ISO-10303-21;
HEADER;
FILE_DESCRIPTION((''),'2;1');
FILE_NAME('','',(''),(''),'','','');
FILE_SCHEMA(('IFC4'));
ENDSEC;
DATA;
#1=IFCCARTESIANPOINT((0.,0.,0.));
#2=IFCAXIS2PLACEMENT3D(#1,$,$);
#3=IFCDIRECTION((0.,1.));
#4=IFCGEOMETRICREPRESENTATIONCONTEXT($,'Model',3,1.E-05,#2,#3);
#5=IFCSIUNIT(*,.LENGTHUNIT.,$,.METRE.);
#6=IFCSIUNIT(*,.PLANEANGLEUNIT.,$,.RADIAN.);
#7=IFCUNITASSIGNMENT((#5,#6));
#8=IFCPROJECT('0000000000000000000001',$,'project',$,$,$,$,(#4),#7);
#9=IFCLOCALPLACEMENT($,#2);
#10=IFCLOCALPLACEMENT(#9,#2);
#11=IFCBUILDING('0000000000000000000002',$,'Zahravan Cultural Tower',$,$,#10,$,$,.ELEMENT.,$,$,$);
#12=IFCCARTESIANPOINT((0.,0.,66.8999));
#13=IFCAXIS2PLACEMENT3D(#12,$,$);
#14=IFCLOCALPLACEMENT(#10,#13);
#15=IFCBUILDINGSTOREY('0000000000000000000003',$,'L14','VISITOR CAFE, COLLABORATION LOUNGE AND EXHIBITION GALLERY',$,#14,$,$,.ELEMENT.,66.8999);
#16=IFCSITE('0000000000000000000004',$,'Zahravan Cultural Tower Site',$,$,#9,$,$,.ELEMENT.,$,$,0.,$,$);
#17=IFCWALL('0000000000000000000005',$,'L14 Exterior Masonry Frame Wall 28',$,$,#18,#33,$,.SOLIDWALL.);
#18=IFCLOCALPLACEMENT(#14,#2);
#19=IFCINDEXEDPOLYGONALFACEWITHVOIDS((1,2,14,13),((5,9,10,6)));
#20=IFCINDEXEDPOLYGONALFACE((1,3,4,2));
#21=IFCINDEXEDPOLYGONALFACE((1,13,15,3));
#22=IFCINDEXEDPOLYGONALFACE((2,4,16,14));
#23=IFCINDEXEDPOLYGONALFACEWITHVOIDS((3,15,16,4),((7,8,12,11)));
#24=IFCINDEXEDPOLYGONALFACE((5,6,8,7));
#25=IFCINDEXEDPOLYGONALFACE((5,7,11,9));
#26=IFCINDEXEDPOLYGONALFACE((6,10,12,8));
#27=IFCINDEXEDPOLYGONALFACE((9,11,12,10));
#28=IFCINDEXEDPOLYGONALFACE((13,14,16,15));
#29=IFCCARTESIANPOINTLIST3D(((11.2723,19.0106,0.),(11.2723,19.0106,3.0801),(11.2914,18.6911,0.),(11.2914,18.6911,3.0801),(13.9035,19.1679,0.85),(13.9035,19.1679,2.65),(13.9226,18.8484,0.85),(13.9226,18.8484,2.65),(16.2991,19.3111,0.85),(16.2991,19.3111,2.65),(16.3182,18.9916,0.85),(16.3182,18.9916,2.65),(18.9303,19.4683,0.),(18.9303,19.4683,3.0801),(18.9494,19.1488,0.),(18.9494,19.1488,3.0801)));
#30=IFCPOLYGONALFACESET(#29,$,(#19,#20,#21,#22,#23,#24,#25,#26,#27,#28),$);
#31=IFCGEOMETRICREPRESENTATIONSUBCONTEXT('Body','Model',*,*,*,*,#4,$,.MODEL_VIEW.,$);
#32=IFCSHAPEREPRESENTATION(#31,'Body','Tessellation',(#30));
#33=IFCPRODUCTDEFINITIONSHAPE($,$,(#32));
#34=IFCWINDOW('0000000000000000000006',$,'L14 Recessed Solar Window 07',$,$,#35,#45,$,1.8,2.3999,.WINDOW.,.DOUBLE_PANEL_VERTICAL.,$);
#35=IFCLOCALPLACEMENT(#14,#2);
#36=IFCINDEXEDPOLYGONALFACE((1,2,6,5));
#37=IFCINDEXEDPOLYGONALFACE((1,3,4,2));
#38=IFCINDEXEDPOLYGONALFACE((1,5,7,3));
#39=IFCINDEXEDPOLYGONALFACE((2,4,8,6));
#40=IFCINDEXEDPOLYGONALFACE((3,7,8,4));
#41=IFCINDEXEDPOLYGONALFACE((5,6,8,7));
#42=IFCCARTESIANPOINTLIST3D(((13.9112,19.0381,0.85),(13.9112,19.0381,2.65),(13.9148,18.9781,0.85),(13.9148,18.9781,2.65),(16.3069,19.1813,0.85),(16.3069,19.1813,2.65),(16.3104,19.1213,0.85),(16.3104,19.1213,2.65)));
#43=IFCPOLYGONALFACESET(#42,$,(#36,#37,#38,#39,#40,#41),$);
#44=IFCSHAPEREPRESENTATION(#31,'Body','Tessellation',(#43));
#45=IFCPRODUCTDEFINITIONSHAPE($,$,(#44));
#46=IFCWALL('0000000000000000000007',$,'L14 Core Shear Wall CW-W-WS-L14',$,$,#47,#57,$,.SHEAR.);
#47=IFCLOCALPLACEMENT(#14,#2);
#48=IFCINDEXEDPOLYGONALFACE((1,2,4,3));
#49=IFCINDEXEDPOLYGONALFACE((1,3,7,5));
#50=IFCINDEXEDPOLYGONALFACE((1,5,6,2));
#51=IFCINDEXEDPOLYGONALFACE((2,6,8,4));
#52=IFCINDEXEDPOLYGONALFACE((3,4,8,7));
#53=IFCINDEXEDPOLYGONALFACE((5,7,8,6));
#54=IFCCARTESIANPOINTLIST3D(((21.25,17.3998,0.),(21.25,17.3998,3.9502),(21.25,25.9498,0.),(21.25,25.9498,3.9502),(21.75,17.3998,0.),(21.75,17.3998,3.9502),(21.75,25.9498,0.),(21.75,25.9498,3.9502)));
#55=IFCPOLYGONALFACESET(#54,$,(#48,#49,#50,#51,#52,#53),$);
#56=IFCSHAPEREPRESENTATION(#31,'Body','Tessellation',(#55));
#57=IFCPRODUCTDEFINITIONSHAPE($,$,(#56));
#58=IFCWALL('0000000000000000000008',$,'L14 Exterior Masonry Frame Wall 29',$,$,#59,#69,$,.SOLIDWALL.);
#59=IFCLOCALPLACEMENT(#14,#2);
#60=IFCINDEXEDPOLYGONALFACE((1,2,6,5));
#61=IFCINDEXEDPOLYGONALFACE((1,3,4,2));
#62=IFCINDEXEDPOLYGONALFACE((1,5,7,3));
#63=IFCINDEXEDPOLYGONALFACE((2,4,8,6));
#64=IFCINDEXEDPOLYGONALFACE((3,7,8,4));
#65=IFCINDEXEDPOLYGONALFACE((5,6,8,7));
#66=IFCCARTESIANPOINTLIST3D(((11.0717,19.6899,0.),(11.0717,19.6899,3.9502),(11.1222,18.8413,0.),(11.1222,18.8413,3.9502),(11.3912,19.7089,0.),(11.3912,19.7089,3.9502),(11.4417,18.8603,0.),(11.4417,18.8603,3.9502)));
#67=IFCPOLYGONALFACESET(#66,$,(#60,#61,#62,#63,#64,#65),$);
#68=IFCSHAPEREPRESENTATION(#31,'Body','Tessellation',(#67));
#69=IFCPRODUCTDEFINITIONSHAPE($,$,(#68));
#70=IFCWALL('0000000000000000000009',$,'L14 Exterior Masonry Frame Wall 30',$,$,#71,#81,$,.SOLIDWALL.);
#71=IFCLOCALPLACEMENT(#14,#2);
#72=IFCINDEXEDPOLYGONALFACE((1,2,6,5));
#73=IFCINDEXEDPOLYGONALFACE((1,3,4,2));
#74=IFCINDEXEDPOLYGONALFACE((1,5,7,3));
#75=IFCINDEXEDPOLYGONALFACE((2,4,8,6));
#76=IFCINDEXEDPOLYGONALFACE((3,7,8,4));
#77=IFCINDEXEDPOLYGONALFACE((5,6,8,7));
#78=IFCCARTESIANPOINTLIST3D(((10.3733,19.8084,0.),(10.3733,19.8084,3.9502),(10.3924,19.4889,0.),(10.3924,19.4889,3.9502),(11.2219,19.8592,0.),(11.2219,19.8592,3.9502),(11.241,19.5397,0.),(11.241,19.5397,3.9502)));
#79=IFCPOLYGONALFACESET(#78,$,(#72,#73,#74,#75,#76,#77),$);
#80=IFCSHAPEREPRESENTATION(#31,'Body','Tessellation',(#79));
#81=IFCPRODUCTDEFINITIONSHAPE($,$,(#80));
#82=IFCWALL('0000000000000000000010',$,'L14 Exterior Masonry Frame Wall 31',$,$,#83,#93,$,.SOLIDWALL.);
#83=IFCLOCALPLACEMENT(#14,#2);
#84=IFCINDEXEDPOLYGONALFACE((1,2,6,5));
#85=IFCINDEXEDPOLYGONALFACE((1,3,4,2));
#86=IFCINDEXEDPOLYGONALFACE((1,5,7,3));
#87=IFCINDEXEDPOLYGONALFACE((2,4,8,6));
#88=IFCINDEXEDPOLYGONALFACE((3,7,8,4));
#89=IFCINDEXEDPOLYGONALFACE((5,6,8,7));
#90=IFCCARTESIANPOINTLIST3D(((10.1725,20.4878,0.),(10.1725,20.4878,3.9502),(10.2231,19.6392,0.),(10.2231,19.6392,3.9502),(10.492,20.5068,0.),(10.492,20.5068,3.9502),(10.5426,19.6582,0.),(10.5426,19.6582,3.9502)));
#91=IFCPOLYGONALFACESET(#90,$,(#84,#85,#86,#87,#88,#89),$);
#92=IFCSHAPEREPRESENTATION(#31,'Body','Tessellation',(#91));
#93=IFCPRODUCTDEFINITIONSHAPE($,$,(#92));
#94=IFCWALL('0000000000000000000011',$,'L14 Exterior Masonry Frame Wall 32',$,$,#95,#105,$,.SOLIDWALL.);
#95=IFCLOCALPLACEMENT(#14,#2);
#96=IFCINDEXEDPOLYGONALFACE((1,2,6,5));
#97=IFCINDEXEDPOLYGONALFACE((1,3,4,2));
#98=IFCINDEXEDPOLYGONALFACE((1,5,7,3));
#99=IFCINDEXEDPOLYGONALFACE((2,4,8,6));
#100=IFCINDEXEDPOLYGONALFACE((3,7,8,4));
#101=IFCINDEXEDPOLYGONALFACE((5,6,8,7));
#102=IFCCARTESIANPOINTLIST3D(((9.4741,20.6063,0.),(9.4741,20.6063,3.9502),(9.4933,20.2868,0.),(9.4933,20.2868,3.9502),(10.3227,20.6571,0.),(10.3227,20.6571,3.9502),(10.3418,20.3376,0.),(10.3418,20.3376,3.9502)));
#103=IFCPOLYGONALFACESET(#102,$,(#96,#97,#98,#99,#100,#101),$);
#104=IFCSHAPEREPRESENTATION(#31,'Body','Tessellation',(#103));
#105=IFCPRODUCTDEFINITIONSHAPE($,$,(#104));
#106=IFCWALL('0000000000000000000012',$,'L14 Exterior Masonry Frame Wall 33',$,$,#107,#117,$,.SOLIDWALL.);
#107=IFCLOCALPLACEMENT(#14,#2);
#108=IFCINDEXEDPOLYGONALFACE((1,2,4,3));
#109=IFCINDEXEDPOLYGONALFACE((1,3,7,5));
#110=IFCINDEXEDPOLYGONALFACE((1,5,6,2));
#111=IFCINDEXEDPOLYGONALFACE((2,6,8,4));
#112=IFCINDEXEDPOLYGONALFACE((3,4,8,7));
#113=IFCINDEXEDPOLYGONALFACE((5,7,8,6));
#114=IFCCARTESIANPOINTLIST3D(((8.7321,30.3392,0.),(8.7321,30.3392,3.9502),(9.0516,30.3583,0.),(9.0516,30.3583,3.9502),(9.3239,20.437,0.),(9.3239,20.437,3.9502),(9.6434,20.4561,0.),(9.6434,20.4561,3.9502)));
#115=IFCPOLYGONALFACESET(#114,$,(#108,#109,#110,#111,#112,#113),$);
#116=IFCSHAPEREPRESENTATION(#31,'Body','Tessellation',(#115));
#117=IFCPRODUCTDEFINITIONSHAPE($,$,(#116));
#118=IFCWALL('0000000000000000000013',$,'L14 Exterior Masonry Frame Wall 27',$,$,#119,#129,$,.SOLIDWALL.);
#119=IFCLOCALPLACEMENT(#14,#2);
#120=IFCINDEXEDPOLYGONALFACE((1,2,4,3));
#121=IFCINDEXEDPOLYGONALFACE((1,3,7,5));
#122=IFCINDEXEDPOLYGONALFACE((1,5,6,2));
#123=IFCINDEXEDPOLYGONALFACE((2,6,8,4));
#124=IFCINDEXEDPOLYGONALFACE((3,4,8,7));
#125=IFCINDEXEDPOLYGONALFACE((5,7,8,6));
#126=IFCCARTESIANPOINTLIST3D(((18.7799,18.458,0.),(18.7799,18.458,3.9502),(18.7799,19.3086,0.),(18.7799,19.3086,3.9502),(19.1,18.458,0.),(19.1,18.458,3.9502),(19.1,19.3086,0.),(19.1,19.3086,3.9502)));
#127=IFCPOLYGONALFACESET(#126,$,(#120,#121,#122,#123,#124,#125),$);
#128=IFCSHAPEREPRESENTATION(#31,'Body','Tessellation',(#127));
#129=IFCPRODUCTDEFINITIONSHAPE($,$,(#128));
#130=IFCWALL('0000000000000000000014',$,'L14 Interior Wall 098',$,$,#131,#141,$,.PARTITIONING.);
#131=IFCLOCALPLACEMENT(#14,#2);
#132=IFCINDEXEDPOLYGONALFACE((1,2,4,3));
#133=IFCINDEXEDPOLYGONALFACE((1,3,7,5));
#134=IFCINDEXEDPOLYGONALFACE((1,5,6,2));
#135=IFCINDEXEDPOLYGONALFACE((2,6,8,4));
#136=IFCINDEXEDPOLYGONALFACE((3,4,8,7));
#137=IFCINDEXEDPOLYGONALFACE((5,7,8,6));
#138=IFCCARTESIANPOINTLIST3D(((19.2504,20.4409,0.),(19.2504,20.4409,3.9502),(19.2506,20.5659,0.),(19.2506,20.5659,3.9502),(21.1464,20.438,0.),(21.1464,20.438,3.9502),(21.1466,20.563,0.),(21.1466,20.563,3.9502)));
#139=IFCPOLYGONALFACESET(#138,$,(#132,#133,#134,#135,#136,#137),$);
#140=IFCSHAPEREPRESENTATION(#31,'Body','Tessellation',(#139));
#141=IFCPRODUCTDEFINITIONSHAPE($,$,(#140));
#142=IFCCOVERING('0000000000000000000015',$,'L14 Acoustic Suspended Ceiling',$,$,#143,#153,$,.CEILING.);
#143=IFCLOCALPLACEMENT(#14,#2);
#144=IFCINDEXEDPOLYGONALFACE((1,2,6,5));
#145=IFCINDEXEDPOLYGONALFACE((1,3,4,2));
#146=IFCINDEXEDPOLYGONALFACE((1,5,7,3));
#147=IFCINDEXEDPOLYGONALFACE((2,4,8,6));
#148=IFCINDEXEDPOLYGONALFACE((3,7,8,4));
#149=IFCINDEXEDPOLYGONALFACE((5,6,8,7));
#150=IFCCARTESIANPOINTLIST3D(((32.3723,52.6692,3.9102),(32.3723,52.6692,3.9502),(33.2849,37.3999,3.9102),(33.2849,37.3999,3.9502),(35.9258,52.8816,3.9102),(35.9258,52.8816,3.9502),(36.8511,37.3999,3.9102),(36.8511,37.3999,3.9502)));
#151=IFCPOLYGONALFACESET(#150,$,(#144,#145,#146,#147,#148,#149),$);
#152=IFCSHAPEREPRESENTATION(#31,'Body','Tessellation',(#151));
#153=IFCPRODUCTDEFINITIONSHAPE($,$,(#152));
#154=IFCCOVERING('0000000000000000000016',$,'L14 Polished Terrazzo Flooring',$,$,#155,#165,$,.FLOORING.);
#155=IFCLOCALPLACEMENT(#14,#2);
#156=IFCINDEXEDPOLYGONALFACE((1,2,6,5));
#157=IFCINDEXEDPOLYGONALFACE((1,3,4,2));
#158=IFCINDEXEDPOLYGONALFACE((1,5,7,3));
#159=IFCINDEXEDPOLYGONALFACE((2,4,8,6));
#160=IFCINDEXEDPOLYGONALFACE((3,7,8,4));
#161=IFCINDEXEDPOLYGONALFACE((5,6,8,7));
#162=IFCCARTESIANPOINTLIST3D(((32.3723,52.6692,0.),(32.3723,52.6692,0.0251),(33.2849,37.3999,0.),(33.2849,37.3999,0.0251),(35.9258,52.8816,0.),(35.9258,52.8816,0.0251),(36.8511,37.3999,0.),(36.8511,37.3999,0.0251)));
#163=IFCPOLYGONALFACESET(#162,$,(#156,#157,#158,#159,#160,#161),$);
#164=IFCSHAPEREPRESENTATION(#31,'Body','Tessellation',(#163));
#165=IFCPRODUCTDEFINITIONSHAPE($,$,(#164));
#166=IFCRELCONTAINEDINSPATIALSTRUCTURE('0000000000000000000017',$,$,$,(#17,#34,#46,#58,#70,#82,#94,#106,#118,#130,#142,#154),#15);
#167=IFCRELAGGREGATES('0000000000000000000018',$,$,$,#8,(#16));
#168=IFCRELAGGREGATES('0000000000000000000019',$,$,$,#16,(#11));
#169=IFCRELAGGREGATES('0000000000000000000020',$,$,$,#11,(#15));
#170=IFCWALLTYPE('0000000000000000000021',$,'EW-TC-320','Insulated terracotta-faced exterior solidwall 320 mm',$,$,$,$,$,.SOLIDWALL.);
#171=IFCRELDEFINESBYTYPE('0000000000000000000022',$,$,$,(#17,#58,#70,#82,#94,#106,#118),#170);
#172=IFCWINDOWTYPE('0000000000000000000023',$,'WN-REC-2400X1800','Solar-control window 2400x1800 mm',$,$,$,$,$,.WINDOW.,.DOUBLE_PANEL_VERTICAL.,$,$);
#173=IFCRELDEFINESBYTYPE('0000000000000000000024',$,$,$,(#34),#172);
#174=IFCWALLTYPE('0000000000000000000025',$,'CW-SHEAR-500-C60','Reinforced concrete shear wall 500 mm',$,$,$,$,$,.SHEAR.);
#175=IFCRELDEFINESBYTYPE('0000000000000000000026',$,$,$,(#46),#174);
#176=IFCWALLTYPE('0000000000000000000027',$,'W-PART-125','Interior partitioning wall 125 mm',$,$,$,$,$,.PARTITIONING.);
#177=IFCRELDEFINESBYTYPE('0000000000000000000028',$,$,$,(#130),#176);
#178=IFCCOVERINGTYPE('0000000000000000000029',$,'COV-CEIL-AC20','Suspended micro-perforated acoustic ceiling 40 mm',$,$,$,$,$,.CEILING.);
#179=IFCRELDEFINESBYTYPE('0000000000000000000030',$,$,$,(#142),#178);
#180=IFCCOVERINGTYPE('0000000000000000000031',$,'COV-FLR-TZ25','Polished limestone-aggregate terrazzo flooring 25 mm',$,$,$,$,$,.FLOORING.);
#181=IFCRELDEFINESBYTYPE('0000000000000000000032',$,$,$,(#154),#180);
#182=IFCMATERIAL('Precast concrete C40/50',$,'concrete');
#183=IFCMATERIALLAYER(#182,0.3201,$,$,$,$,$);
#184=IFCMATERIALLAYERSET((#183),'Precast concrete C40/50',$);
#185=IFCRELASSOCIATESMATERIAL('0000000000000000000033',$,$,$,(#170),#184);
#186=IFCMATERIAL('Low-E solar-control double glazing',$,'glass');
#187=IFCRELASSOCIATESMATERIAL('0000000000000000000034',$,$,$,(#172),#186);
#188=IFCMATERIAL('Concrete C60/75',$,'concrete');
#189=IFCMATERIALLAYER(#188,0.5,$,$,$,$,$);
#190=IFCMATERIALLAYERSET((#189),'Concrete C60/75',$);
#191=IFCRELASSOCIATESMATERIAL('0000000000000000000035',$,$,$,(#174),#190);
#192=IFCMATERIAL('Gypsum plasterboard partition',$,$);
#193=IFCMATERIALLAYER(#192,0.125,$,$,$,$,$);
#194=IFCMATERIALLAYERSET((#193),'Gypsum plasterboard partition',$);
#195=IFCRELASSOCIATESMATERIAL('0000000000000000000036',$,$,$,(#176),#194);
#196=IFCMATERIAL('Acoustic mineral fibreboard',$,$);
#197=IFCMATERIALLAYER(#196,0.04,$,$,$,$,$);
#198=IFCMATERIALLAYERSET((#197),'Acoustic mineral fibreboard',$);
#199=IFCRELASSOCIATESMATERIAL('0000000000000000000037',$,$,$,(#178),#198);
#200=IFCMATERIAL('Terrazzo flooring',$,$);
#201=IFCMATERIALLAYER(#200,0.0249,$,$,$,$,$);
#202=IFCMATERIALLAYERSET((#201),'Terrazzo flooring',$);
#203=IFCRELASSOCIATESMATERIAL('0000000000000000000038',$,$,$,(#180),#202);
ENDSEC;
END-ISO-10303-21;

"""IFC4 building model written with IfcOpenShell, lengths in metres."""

from ifc_helpers import new_model, si_unit, direction, frame, frame_2d, origin, place, context, subcontext, project, spatial, polyline, rectangle, outline, extrude, source, transform, mapped, material, layer, layer_set, type_object, element, fill, save


model = new_model("IFC4")

# Units and contexts
model_context = context("Model", 3, precision=1e-05, world=origin(), true_north=direction((0.0, 1.0)))
body_context = subcontext(model_context, "Body", "Model", "MODEL_VIEW")
ifc_project = project(units=[si_unit("LENGTHUNIT", "METRE"), si_unit("PLANEANGLEUNIT", "RADIAN")], contexts=[model_context])

# Site, building, storey
site_placement = place(None, origin())
site = spatial("IfcSite", under=ifc_project, at=site_placement, Name="Zahravan Cultural Tower Site", CompositionType="ELEMENT", RefElevation=0.0)
building_placement = place(site_placement, origin())
building = spatial("IfcBuilding", under=site, at=building_placement, Name="Zahravan Cultural Tower", CompositionType="ELEMENT")
storey_placement = place(building_placement, frame((0.0, 0.0, 66.8999)))
storey = spatial("IfcBuildingStorey", under=building, at=storey_placement, Name="L14", Description="VISITOR CAFE, COLLABORATION LOUNGE AND EXHIBITION GALLERY", CompositionType="ELEMENT", Elevation=66.8999)

# Wall, opening, window
ifc_material_1 = material(Name="Precast concrete C40/50", Category="concrete")
ifc_layer_1 = layer(ifc_material_1, 0.3201)
ifc_layer_set_1 = layer_set([ifc_layer_1], Name="Precast concrete C40/50")
wall_type_1 = type_object("IfcWallType", Name="EW-TC-320", Description="Insulated terracotta-faced exterior solidwall 320 mm", PredefinedType="SOLIDWALL", material=ifc_layer_set_1)
wall_1_placement = place(storey_placement, frame((18.9399, 19.3086, 0.0), z_axis=(0.0, 0.0, 1.0), x_axis=(-0.998218, -0.05967, 0.0)))
wall_1 = element("IfcWall", 1, at=wall_1_placement, inside=storey, type_object=wall_type_1, Name="L14 Exterior Masonry Frame Wall 28", PredefinedType="SOLIDWALL", context=body_context, shape_type="SweptSolid", body=[
    extrude(rectangle(XDim=7.6716, YDim=0.3201, at=frame_2d((3.8359, 0.0))), origin(), (0.0, 0.0, 1.0), 3.0801),
])
opening_placement = place(wall_1_placement, frame((2.636, 0.0, 0.8501)))
opening = element("IfcOpeningElement", 2, at=opening_placement, cuts=wall_1, PredefinedType="OPENING", context=body_context, shape_type="SweptSolid", body=[
    extrude(rectangle(XDim=2.3999, YDim=1.8, at=frame_2d((1.2, 0.8999))), frame((0.0, 0.1699, 0.0), z_axis=(0.0, -1.0, 0.0), x_axis=(1.0, 0.0, 0.0)), (0.0, 0.0, 1.0), 0.3401),
])
ifc_material_2 = material(Name="Low-E solar-control double glazing", Category="glass")
window_type = type_object("IfcWindowType", Name="WN-REC-2400X1800", Description="Solar-control window 2400x1800 mm", PartitioningType="DOUBLE_PANEL_VERTICAL", PredefinedType="WINDOW", material=ifc_material_2)
shared_shape_1 = source(origin(), body_context, "Body", "SweptSolid", [
    extrude(rectangle(XDim=2.3999, YDim=1.8, at=frame_2d((1.2, 0.8999))), frame((0.0, 0.03, 0.0), z_axis=(0.0, -1.0, 0.0), x_axis=(1.0, 0.0, 0.0)), (0.0, 0.0, 1.0), 0.0601),
])
window_placement = place(opening_placement, origin())
window = element("IfcWindow", 3, at=window_placement, inside=storey, type_object=window_type, Name="L14 Recessed Solar Window 07", OverallHeight=1.8, OverallWidth=2.3999, PartitioningType="DOUBLE_PANEL_VERTICAL", PredefinedType="WINDOW", context=body_context, shape_type="MappedRepresentation", body=[
    mapped(shared_shape_1, transform((0.0, 0.0, 0.0), x_axis=(1.0, 0.0, 0.0), y_axis=(0.0, 1.0, 0.0), z_axis=(0.0, 0.0, 1.0), scale=1.0)),
])
fill(opening, window)

# Walls
ifc_material_3 = material(Name="Concrete C60/75", Category="concrete")
ifc_layer_2 = layer(ifc_material_3, 0.5)
ifc_layer_set_2 = layer_set([ifc_layer_2], Name="Concrete C60/75")
wall_type_2 = type_object("IfcWallType", Name="CW-SHEAR-500-C60", Description="Reinforced concrete shear wall 500 mm", PredefinedType="SHEAR", material=ifc_layer_set_2)
shared_shape_2 = source(origin(), body_context, "Body", "SweptSolid", [
    extrude(rectangle(XDim=8.55, YDim=0.5, at=frame_2d((4.2749, 0.0))), origin(), (0.0, 0.0, 1.0), 3.9502),
])
wall_2_placement = place(storey_placement, frame((21.5, 17.3999, 0.0), z_axis=(0.0, 0.0, 1.0), x_axis=(0.0, 1.0, 0.0)))
element("IfcWall", 4, at=wall_2_placement, inside=storey, type_object=wall_type_2, Name="L14 Core Shear Wall CW-W-WS-L14", PredefinedType="SHEAR", context=body_context, shape_type="MappedRepresentation", body=[
    mapped(shared_shape_2, transform((0.0, 0.0, 0.0), x_axis=(1.0, 0.0, 0.0), y_axis=(0.0, 1.0, 0.0), z_axis=(0.0, 0.0, 1.0), scale=1.0)),
])
shared_shape_3 = source(origin(), body_context, "Body", "SweptSolid", [
    extrude(rectangle(XDim=0.8501, YDim=0.3201, at=frame_2d((0.425, 0.0))), origin(), (0.0, 0.0, 1.0), 3.9502),
])
for number, where, z_axis, x_axis, name in (
    (5, (11.282, 18.8508, 0.0), (0.0, 0.0, 1.0), (-0.059446, 0.998232, 0.0), "L14 Exterior Masonry Frame Wall 29"),
    (6, (11.2314, 19.6995, 0.0), (0.0, 0.0, 1.0), (-0.998214, -0.059732, 0.0), "L14 Exterior Masonry Frame Wall 30"),
    (7, (10.3828, 19.6487, 0.0), (0.0, 0.0, 1.0), (-0.059446, 0.998232, 0.0), "L14 Exterior Masonry Frame Wall 31"),
    (8, (10.3323, 20.4973, 0.0), (0.0, 0.0, 1.0), (-0.998214, -0.059732, 0.0), "L14 Exterior Masonry Frame Wall 32"),
):
    element("IfcWall", number, at=place(storey_placement, frame(where, z_axis=z_axis, x_axis=x_axis)), inside=storey, type_object=wall_type_1, Name=name, PredefinedType="SOLIDWALL", context=body_context, shape_type="MappedRepresentation", body=[
        mapped(shared_shape_3, transform((0.0, 0.0, 0.0), x_axis=(1.0, 0.0, 0.0), y_axis=(0.0, 1.0, 0.0), z_axis=(0.0, 0.0, 1.0), scale=1.0)),
    ])
shared_shape_4 = source(origin(), body_context, "Body", "SweptSolid", [
    extrude(rectangle(XDim=9.9199, YDim=0.3201, at=frame_2d((4.96, 0.0))), origin(), (0.0, 0.0, 1.0), 3.9502),
])
wall_3_placement = place(storey_placement, frame((9.4836, 20.4465, 0.0), z_axis=(0.0, 0.0, 1.0), x_axis=(-0.059657, 0.998219, 0.0)))
element("IfcWall", 9, at=wall_3_placement, inside=storey, type_object=wall_type_1, Name="L14 Exterior Masonry Frame Wall 33", PredefinedType="SOLIDWALL", context=body_context, shape_type="MappedRepresentation", body=[
    mapped(shared_shape_4, transform((0.0, 0.0, 0.0), x_axis=(1.0, 0.0, 0.0), y_axis=(0.0, 1.0, 0.0), z_axis=(0.0, 0.0, 1.0), scale=1.0)),
])
shared_shape_5 = source(origin(), body_context, "Body", "SweptSolid", [
    extrude(rectangle(XDim=0.8506, YDim=0.3201, at=frame_2d((0.4253, 0.0))), origin(), (0.0, 0.0, 1.0), 3.9502),
])
wall_4_placement = place(storey_placement, frame((18.9399, 18.458, 0.0), z_axis=(0.0, 0.0, 1.0), x_axis=(0.0, 1.0, 0.0)))
element("IfcWall", 10, at=wall_4_placement, inside=storey, type_object=wall_type_1, Name="L14 Exterior Masonry Frame Wall 27", PredefinedType="SOLIDWALL", context=body_context, shape_type="MappedRepresentation", body=[
    mapped(shared_shape_5, transform((0.0, 0.0, 0.0), x_axis=(1.0, 0.0, 0.0), y_axis=(0.0, 1.0, 0.0), z_axis=(0.0, 0.0, 1.0), scale=1.0)),
])
ifc_material_4 = material(Name="Gypsum plasterboard partition")
ifc_layer_3 = layer(ifc_material_4, 0.125)
ifc_layer_set_3 = layer_set([ifc_layer_3], Name="Gypsum plasterboard partition")
wall_type_3 = type_object("IfcWallType", Name="W-PART-125", Description="Interior partitioning wall 125 mm", PredefinedType="PARTITIONING", material=ifc_layer_set_3)
shared_shape_6 = source(origin(), body_context, "Body", "SweptSolid", [
    extrude(rectangle(XDim=1.896, YDim=0.125, at=frame_2d((0.948, 0.0))), origin(), (0.0, 0.0, 1.0), 3.9502),
])
wall_5_placement = place(storey_placement, frame((19.2505, 20.5034, 0.0), z_axis=(0.0, 0.0, 1.0), x_axis=(0.999999, -0.001545, 0.0)))
element("IfcWall", 11, at=wall_5_placement, inside=storey, type_object=wall_type_3, Name="L14 Interior Wall 098", PredefinedType="PARTITIONING", context=body_context, shape_type="MappedRepresentation", body=[
    mapped(shared_shape_6, transform((0.0, 0.0, 0.0), x_axis=(1.0, 0.0, 0.0), y_axis=(0.0, 1.0, 0.0), z_axis=(0.0, 0.0, 1.0), scale=1.0)),
])

# Coverings
ifc_material_5 = material(Name="Acoustic mineral fibreboard")
ifc_layer_4 = layer(ifc_material_5, 0.04)
ifc_layer_set_4 = layer_set([ifc_layer_4], Name="Acoustic mineral fibreboard")
covering_type_1 = type_object("IfcCoveringType", Name="COV-CEIL-AC20", Description="Suspended micro-perforated acoustic ceiling 40 mm", PredefinedType="CEILING", material=ifc_layer_set_4)
covering_1_placement = place(storey_placement, frame((0.0, 0.0, 3.9102)))
element("IfcCovering", 12, at=covering_1_placement, inside=storey, type_object=covering_type_1, Name="L14 Acoustic Suspended Ceiling", PredefinedType="CEILING", context=body_context, shape_type="SweptSolid", body=[
    extrude(outline(polyline([(32.3723, 52.6692), (33.2849, 37.3999), (36.8511, 37.3999), (35.9258, 52.8816), (32.3723, 52.6692)])), origin(), (0.0, 0.0, 1.0), 0.04),
])
ifc_material_6 = material(Name="Terrazzo flooring")
ifc_layer_5 = layer(ifc_material_6, 0.0249)
ifc_layer_set_5 = layer_set([ifc_layer_5], Name="Terrazzo flooring")
covering_type_2 = type_object("IfcCoveringType", Name="COV-FLR-TZ25", Description="Polished limestone-aggregate terrazzo flooring 25 mm", PredefinedType="FLOORING", material=ifc_layer_set_5)
covering_2_placement = place(storey_placement, origin())
element("IfcCovering", 13, at=covering_2_placement, inside=storey, type_object=covering_type_2, Name="L14 Polished Terrazzo Flooring", PredefinedType="FLOORING", context=body_context, shape_type="SweptSolid", body=[
    extrude(outline(polyline([(32.3723, 52.6692), (33.2849, 37.3999), (36.8511, 37.3999), (35.9258, 52.8816), (32.3723, 52.6692)])), origin(), (0.0, 0.0, 1.0), 0.0251),
])

save(model, "model.ifc")
